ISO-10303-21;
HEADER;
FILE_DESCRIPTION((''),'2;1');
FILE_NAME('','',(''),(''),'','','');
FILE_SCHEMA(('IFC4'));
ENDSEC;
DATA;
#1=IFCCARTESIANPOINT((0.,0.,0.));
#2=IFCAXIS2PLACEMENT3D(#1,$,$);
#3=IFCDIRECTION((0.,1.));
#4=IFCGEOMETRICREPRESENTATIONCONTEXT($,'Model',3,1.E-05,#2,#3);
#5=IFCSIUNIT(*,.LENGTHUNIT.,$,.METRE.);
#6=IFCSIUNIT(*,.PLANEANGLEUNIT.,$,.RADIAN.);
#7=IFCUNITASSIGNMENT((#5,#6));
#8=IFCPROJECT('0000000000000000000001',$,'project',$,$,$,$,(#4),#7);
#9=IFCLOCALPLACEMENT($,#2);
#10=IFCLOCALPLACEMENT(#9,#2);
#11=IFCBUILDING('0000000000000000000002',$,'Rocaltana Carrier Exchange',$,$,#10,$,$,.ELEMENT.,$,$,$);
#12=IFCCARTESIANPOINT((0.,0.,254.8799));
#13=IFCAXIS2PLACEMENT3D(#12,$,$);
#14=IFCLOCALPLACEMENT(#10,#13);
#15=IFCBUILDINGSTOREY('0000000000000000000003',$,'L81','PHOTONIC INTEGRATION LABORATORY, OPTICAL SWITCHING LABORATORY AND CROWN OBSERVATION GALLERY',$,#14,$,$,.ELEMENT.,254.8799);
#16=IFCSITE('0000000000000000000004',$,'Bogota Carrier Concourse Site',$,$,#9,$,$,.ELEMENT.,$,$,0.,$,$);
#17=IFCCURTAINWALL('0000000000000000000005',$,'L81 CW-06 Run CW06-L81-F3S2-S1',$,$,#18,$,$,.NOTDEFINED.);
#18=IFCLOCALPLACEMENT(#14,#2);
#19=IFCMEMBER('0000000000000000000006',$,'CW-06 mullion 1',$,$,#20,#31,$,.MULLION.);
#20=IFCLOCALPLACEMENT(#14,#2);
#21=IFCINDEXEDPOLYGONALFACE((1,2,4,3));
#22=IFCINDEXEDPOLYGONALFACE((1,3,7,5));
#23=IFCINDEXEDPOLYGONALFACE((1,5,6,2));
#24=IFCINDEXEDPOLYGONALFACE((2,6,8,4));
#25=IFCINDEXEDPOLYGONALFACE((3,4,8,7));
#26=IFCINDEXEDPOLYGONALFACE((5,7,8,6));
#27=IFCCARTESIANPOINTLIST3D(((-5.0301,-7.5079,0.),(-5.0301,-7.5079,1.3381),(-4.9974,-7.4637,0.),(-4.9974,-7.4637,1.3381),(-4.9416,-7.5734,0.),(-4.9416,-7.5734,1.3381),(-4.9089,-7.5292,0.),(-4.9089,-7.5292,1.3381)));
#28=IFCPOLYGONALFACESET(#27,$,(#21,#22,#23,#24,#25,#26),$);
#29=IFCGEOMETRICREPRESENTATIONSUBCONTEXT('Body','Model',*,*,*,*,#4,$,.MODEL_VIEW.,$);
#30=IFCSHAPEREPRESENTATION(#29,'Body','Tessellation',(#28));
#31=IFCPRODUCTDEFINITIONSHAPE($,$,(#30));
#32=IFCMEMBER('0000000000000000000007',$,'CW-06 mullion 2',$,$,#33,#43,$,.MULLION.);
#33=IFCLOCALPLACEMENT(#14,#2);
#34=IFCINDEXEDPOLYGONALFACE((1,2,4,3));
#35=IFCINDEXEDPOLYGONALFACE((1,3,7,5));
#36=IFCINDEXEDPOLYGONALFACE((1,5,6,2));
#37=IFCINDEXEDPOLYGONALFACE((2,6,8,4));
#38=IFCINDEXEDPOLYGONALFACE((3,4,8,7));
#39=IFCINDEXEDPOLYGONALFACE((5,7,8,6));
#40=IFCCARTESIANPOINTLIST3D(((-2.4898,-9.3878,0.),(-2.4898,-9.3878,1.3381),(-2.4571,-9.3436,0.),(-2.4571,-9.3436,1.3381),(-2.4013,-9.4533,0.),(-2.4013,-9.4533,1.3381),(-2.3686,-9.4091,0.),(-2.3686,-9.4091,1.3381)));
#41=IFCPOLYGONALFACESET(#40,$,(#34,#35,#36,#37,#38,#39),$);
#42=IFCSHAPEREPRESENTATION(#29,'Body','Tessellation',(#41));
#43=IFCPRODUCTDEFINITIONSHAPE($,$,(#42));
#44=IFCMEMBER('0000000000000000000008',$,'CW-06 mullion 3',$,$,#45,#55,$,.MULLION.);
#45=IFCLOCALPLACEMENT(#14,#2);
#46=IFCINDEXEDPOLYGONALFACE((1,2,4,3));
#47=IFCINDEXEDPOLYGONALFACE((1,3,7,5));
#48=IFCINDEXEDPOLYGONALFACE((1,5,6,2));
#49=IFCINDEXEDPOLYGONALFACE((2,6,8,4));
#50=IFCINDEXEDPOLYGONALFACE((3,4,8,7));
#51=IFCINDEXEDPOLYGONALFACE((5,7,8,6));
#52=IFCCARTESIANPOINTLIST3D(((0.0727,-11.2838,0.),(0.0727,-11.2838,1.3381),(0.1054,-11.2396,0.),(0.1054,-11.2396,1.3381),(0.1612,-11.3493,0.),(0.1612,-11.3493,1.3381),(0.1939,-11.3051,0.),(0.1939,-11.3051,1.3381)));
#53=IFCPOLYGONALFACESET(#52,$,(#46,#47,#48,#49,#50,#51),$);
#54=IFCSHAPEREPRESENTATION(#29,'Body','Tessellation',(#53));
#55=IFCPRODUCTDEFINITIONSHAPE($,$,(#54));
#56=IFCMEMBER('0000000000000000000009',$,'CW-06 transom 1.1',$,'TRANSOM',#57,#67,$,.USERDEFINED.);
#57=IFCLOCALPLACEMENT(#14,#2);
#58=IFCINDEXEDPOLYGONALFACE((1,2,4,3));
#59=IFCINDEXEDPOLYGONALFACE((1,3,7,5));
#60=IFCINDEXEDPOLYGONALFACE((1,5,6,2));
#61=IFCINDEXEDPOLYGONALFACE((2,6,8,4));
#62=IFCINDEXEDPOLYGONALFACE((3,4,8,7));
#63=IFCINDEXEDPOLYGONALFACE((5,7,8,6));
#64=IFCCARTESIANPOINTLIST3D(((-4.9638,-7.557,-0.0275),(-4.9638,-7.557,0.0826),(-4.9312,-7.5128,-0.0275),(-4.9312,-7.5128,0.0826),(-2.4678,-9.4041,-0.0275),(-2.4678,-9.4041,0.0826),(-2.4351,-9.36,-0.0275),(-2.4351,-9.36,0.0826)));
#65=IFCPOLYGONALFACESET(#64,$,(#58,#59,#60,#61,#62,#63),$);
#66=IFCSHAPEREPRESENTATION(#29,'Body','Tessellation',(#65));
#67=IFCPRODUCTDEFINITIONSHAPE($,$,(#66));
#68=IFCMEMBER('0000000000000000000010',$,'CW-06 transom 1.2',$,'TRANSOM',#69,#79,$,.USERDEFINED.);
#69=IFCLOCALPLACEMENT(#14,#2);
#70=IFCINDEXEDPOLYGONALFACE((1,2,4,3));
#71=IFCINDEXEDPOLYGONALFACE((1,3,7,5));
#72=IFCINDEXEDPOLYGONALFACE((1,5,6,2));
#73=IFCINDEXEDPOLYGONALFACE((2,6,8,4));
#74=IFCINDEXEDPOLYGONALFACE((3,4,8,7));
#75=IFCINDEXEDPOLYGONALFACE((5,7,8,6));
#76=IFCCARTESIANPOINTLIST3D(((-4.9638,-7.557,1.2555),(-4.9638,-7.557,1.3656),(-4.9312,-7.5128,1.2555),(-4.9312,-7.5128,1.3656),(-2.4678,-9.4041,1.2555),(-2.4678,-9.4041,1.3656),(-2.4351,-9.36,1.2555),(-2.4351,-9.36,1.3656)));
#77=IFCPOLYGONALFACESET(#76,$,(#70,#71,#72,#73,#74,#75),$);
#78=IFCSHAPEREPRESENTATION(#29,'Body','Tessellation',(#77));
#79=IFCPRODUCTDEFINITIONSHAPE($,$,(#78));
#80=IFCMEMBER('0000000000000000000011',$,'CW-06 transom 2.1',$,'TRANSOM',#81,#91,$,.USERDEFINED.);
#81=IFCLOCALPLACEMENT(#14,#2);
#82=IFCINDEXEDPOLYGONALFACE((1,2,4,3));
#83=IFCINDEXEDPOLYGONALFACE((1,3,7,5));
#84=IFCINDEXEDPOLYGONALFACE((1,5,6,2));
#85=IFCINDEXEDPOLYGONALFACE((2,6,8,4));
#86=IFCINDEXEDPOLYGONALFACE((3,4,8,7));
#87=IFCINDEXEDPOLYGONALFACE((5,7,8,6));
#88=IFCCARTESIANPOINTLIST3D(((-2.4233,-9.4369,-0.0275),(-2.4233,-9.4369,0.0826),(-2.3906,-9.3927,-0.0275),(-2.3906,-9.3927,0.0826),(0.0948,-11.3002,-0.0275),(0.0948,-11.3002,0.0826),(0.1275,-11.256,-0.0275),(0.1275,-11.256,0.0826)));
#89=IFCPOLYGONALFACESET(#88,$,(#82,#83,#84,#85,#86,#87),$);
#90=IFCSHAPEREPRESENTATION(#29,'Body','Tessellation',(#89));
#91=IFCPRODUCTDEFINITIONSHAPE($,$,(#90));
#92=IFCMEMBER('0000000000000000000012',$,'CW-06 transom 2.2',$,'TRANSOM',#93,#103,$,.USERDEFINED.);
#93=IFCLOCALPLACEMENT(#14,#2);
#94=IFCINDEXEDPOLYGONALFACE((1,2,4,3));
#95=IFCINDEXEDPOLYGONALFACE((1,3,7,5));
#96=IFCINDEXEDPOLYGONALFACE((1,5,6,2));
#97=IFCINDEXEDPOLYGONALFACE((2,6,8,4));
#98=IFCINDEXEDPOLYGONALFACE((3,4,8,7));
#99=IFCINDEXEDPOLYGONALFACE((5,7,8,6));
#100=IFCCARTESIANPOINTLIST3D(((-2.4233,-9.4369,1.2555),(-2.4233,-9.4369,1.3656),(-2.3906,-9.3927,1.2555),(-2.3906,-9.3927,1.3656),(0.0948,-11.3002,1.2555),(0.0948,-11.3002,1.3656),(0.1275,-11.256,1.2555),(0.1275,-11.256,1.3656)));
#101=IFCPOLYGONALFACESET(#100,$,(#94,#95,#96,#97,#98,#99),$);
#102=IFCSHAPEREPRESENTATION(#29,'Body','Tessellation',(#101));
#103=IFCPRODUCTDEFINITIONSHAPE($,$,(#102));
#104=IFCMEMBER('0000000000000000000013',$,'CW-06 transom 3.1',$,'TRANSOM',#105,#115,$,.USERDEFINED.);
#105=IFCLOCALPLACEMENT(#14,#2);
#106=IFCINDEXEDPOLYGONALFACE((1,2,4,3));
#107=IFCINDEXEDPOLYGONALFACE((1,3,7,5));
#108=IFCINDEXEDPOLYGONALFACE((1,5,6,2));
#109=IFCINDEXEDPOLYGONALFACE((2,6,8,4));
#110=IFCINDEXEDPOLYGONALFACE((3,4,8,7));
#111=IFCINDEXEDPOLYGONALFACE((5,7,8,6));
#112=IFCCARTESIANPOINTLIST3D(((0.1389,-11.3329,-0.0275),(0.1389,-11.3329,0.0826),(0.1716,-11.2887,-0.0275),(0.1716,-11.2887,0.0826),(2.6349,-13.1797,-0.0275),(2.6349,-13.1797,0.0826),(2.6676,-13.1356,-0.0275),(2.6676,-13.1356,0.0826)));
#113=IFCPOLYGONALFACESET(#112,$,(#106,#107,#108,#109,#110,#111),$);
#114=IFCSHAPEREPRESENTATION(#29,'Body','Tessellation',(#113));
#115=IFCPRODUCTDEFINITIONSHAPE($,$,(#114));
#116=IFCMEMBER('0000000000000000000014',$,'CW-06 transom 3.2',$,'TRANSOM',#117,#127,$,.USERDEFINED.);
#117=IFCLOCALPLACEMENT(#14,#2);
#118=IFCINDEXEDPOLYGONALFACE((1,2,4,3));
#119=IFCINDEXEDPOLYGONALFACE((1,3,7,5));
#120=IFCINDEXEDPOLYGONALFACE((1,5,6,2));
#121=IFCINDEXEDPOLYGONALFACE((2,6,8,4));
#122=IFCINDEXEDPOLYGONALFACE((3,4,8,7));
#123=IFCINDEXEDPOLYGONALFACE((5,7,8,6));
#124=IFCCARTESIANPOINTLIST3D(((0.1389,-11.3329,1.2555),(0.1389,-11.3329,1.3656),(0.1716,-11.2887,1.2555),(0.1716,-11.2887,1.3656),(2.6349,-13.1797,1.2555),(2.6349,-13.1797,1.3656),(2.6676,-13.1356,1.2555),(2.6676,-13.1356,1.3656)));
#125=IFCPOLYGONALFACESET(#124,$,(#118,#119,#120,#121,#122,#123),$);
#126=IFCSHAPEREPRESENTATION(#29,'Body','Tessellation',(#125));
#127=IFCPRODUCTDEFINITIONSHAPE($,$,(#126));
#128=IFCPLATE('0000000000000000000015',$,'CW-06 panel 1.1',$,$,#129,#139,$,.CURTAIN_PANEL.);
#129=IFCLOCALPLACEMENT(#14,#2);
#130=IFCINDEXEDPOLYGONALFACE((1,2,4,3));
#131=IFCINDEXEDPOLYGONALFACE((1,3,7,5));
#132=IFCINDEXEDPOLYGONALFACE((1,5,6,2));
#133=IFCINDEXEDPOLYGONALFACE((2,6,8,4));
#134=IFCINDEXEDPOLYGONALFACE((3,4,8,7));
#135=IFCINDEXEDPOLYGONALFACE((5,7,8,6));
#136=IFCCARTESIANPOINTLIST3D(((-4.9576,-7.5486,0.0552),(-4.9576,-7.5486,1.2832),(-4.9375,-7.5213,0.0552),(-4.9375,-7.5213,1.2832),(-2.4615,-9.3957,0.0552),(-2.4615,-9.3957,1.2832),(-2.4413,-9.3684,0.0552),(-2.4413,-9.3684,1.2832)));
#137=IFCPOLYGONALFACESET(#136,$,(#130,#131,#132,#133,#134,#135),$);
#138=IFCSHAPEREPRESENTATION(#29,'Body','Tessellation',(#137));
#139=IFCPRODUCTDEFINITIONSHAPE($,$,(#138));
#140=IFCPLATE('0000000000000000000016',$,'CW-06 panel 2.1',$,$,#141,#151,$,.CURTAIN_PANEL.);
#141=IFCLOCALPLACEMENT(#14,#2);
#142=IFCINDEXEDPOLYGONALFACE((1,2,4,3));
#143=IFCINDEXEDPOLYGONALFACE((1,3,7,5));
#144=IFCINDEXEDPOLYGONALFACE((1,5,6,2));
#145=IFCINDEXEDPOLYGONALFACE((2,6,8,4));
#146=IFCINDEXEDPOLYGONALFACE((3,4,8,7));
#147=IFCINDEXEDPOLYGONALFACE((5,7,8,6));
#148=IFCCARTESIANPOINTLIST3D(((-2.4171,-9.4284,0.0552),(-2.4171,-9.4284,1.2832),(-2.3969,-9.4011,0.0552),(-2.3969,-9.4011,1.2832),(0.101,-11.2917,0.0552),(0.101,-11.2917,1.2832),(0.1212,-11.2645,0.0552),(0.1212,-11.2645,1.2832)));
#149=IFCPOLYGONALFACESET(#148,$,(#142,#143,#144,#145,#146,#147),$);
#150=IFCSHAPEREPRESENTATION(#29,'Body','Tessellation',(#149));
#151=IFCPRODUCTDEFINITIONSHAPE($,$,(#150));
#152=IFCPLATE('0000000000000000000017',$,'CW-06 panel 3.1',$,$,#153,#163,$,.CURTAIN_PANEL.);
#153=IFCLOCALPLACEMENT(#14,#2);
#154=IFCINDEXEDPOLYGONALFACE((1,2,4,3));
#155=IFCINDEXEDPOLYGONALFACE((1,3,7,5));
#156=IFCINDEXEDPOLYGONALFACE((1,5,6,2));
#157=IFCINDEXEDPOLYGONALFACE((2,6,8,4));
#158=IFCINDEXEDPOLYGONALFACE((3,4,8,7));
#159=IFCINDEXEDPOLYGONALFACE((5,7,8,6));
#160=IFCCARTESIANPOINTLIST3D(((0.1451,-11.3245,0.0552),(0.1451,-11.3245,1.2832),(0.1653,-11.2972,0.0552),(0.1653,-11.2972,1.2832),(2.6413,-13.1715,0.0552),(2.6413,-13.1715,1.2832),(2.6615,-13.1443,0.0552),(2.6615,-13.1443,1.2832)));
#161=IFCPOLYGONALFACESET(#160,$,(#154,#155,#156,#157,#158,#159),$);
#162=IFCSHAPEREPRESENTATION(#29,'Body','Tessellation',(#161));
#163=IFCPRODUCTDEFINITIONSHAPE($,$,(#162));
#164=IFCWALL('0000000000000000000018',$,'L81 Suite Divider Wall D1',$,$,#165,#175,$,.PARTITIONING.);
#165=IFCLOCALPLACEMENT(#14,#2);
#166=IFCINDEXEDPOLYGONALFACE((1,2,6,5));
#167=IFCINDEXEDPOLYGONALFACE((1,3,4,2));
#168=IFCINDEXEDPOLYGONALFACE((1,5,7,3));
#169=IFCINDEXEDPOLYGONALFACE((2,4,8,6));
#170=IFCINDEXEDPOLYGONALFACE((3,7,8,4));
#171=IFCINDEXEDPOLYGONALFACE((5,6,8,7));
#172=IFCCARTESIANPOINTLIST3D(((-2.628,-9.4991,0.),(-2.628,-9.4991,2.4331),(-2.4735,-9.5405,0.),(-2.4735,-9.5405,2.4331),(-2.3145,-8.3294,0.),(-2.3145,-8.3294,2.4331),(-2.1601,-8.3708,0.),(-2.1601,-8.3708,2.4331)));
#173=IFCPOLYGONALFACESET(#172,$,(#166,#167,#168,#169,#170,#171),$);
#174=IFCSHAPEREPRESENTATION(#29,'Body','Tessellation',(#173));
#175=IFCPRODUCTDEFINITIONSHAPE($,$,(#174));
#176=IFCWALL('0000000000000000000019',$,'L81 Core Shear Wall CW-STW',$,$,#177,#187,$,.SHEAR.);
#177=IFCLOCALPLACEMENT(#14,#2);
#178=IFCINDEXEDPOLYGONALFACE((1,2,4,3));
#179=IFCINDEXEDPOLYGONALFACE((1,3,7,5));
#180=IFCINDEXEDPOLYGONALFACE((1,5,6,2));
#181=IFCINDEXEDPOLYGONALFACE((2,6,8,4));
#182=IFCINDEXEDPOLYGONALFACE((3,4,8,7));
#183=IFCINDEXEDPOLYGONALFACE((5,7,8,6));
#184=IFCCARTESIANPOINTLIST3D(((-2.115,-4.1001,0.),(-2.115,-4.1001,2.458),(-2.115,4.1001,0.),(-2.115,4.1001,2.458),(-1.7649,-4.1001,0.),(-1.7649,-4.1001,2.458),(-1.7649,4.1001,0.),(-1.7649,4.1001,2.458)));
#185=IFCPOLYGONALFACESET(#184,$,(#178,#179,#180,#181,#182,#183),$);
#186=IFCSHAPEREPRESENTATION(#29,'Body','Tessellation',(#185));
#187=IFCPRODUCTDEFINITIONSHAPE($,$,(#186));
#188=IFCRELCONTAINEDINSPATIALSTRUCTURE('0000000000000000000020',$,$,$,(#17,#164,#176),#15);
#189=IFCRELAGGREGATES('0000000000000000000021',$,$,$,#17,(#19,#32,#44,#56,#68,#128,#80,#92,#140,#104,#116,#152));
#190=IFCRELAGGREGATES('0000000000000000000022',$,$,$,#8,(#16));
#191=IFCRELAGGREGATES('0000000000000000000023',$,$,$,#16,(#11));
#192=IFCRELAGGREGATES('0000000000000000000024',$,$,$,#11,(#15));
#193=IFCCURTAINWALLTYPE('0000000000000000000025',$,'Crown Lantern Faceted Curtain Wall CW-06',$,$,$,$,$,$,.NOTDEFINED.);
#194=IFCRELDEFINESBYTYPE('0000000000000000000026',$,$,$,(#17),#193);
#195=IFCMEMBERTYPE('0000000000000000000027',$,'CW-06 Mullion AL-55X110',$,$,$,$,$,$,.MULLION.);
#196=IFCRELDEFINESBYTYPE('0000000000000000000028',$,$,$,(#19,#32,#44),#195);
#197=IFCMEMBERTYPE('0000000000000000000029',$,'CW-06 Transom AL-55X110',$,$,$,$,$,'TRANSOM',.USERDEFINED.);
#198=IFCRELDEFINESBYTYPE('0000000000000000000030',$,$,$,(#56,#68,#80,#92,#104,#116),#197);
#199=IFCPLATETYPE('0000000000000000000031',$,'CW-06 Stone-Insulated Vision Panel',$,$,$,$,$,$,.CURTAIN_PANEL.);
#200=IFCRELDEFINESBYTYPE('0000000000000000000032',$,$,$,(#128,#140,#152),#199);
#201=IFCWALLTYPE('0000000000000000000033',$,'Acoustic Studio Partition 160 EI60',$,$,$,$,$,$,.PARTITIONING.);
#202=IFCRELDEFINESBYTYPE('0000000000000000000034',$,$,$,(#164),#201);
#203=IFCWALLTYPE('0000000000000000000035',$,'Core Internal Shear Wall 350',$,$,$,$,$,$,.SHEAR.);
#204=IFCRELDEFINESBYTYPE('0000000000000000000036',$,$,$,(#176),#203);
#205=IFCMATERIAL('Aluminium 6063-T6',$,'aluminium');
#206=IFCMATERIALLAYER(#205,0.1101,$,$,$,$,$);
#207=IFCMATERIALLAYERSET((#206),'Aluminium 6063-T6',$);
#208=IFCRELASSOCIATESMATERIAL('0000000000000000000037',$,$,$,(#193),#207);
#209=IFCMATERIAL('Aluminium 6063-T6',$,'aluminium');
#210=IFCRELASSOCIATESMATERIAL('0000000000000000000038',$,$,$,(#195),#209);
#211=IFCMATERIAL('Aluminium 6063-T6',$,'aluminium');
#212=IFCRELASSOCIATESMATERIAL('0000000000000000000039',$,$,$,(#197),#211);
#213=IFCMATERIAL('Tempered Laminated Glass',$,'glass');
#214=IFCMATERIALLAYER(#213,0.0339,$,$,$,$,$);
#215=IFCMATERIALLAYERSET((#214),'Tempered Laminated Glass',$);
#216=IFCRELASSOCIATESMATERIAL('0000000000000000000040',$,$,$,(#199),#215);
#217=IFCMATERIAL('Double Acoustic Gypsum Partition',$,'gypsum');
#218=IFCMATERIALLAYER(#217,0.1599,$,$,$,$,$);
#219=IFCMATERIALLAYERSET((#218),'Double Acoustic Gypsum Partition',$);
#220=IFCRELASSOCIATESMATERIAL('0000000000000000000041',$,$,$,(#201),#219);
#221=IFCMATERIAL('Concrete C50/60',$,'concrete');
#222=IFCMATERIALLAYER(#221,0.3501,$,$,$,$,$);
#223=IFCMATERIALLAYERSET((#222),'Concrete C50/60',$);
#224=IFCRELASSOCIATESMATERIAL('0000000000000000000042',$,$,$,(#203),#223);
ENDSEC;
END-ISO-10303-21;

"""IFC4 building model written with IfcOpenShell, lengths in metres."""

from ifc_helpers import new_model, si_unit, direction, frame, frame_2d, origin, origin_2d, place, context, subcontext, project, spatial, rectangle, extrude, material, layer, layer_set, material_profile, profile_set, type_object, element, aggregate, save


model = new_model("IFC4")

# Units and contexts
model_context = context("Model", 3, precision=1e-05, world=origin(), true_north=direction((0.0, 1.0)))
body_context = subcontext(model_context, "Body", "Model", "MODEL_VIEW")
ifc_project = project(units=[si_unit("LENGTHUNIT", "METRE"), si_unit("PLANEANGLEUNIT", "RADIAN")], contexts=[model_context])

# Site, building, storey
site_placement = place(None, origin())
site = spatial("IfcSite", under=ifc_project, at=site_placement, Name="Bogota Carrier Concourse Site", CompositionType="ELEMENT", RefElevation=0.0)
building_placement = place(site_placement, origin())
building = spatial("IfcBuilding", under=site, at=building_placement, Name="Rocaltana Carrier Exchange", CompositionType="ELEMENT")
storey_placement = place(building_placement, frame((0.0, 0.0, 254.8799)))
storey = spatial("IfcBuildingStorey", under=building, at=storey_placement, Name="L81", Description="PHOTONIC INTEGRATION LABORATORY, OPTICAL SWITCHING LABORATORY AND CROWN OBSERVATION GALLERY", CompositionType="ELEMENT", Elevation=254.8799)

# Curtain wall, members, plates
ifc_material_1 = material(Name="Aluminium 6063-T6", Category="aluminium")
ifc_layer_1 = layer(ifc_material_1, 0.1101)
ifc_layer_set_1 = layer_set([ifc_layer_1], Name="Aluminium 6063-T6")
curtain_wall_type = type_object("IfcCurtainWallType", Name="Crown Lantern Faceted Curtain Wall CW-06", PredefinedType="NOTDEFINED", material=ifc_layer_set_1)
curtain_wall_placement = place(storey_placement, origin())
curtain_wall = element("IfcCurtainWall", 1, at=curtain_wall_placement, inside=storey, type_object=curtain_wall_type, Name="L81 CW-06 Run CW06-L81-F3S2-S1", PredefinedType="NOTDEFINED")
ifc_material_2 = material(Name="Aluminium 6063-T6", Category="aluminium")
ifc_material_profile_1 = material_profile(ifc_material_2, rectangle(XDim=0.0549, YDim=0.1101, at=origin_2d()), Name="AL-55X110")
ifc_profile_set_1 = profile_set([ifc_material_profile_1], Name="Aluminium 6063-T6")
member_type_1 = type_object("IfcMemberType", Name="CW-06 Mullion AL-55X110", PredefinedType="MULLION", material=ifc_profile_set_1)
member_1_placement = place(storey_placement, frame((-4.9695, -7.5186, 0.0), z_axis=(0.0, 0.0, 1.0), x_axis=(0.594821, 0.803858, 0.0)))
member_1 = element("IfcMember", 2, at=member_1_placement, type_object=member_type_1, Name="CW-06 mullion 1", PredefinedType="MULLION", context=body_context, shape_type="SweptSolid", body=[
    extrude(rectangle(XDim=0.0549, YDim=0.1101, at=origin_2d()), origin(), (0.0, 0.0, 1.0), 1.3381),
])
member_2_placement = place(storey_placement, frame((-2.4292, -9.3984, 0.0), z_axis=(0.0, 0.0, 1.0), x_axis=(0.594821, 0.803858, 0.0)))
member_2 = element("IfcMember", 3, at=member_2_placement, type_object=member_type_1, Name="CW-06 mullion 2", PredefinedType="MULLION", context=body_context, shape_type="SweptSolid", body=[
    extrude(rectangle(XDim=0.0549, YDim=0.1101, at=origin_2d()), origin(), (0.0, 0.0, 1.0), 1.3381),
])
member_3_placement = place(storey_placement, frame((0.1333, -11.2944, 0.0), z_axis=(0.0, 0.0, 1.0), x_axis=(0.594821, 0.803858, 0.0)))
member_3 = element("IfcMember", 4, at=member_3_placement, type_object=member_type_1, Name="CW-06 mullion 3", PredefinedType="MULLION", context=body_context, shape_type="SweptSolid", body=[
    extrude(rectangle(XDim=0.0549, YDim=0.1101, at=origin_2d()), origin(), (0.0, 0.0, 1.0), 1.3381),
])
ifc_material_3 = material(Name="Aluminium 6063-T6", Category="aluminium")
ifc_material_profile_2 = material_profile(ifc_material_3, rectangle(XDim=0.0549, YDim=0.1101, at=origin_2d()), Name="AL-55X110")
ifc_profile_set_2 = profile_set([ifc_material_profile_2], Name="Aluminium 6063-T6")
member_type_2 = type_object("IfcMemberType", Name="CW-06 Transom AL-55X110", ElementType="TRANSOM", PredefinedType="USERDEFINED", material=ifc_profile_set_2)
member_4_placement = place(storey_placement, frame((-4.9475, -7.5349, 0.0276), z_axis=(0.803833, -0.594855, 0.0), x_axis=(0.594855, 0.803833, 0.0)))
member_4 = element("IfcMember", 5, at=member_4_placement, type_object=member_type_2, Name="CW-06 transom 1.1", ObjectType="TRANSOM", PredefinedType="USERDEFINED", context=body_context, shape_type="SweptSolid", body=[
    extrude(rectangle(XDim=0.0549, YDim=0.1101, at=origin_2d()), origin(), (0.0, 0.0, 1.0), 3.1052),
])
member_5_placement = place(storey_placement, frame((-4.9475, -7.5349, 1.3105), z_axis=(0.803833, -0.594855, 0.0), x_axis=(0.594855, 0.803833, 0.0)))
member_5 = element("IfcMember", 6, at=member_5_placement, type_object=member_type_2, Name="CW-06 transom 1.2", ObjectType="TRANSOM", PredefinedType="USERDEFINED", context=body_context, shape_type="SweptSolid", body=[
    extrude(rectangle(XDim=0.0549, YDim=0.1101, at=origin_2d()), origin(), (0.0, 0.0, 1.0), 3.1052),
])
member_6_placement = place(storey_placement, frame((-2.407, -9.4148, 0.0276), z_axis=(0.803855, -0.594825, 0.0), x_axis=(0.594825, 0.803855, 0.0)))
member_6 = element("IfcMember", 7, at=member_6_placement, type_object=member_type_2, Name="CW-06 transom 2.1", ObjectType="TRANSOM", PredefinedType="USERDEFINED", context=body_context, shape_type="SweptSolid", body=[
    extrude(rectangle(XDim=0.0549, YDim=0.1101, at=origin_2d()), origin(), (0.0, 0.0, 1.0), 3.1326),
])
member_7_placement = place(storey_placement, frame((-2.407, -9.4148, 1.3105), z_axis=(0.803855, -0.594825, 0.0), x_axis=(0.594825, 0.803855, 0.0)))
member_7 = element("IfcMember", 8, at=member_7_placement, type_object=member_type_2, Name="CW-06 transom 2.2", ObjectType="TRANSOM", PredefinedType="USERDEFINED", context=body_context, shape_type="SweptSolid", body=[
    extrude(rectangle(XDim=0.0549, YDim=0.1101, at=origin_2d()), origin(), (0.0, 0.0, 1.0), 3.1326),
])
member_8_placement = place(storey_placement, frame((0.1553, -11.3108, 0.0276), z_axis=(0.80387, -0.594804, 0.0), x_axis=(0.594804, 0.80387, 0.0)))
member_8 = element("IfcMember", 9, at=member_8_placement, type_object=member_type_2, Name="CW-06 transom 3.1", ObjectType="TRANSOM", PredefinedType="USERDEFINED", context=body_context, shape_type="SweptSolid", body=[
    extrude(rectangle(XDim=0.0549, YDim=0.1101, at=origin_2d()), origin(), (0.0, 0.0, 1.0), 3.105),
])
member_9_placement = place(storey_placement, frame((0.1553, -11.3108, 1.3105), z_axis=(0.80387, -0.594804, 0.0), x_axis=(0.594804, 0.80387, 0.0)))
member_9 = element("IfcMember", 10, at=member_9_placement, type_object=member_type_2, Name="CW-06 transom 3.2", ObjectType="TRANSOM", PredefinedType="USERDEFINED", context=body_context, shape_type="SweptSolid", body=[
    extrude(rectangle(XDim=0.0549, YDim=0.1101, at=origin_2d()), origin(), (0.0, 0.0, 1.0), 3.105),
])
ifc_material_4 = material(Name="Tempered Laminated Glass", Category="glass")
ifc_layer_2 = layer(ifc_material_4, 0.0339)
ifc_layer_set_2 = layer_set([ifc_layer_2], Name="Tempered Laminated Glass")
plate_type = type_object("IfcPlateType", Name="CW-06 Stone-Insulated Vision Panel", PredefinedType="CURTAIN_PANEL", material=ifc_layer_set_2)
plate_1_placement = place(storey_placement, frame((-3.6995, -8.4585, 0.0552), z_axis=(0.0, 0.0, 1.0), x_axis=(0.803858, -0.594821, 0.0)))
plate_1 = element("IfcPlate", 11, at=plate_1_placement, type_object=plate_type, Name="CW-06 panel 1.1", PredefinedType="CURTAIN_PANEL", context=body_context, shape_type="SweptSolid", body=[
    extrude(rectangle(XDim=3.1052, YDim=0.0339, at=origin_2d()), origin(), (0.0, 0.0, 1.0), 1.228),
])
plate_2_placement = place(storey_placement, frame((-1.1479, -10.3464, 0.0552), z_axis=(0.0, 0.0, 1.0), x_axis=(0.803858, -0.594821, 0.0)))
plate_2 = element("IfcPlate", 12, at=plate_2_placement, type_object=plate_type, Name="CW-06 panel 2.1", PredefinedType="CURTAIN_PANEL", context=body_context, shape_type="SweptSolid", body=[
    extrude(rectangle(XDim=3.1326, YDim=0.0339, at=origin_2d()), origin(), (0.0, 0.0, 1.0), 1.228),
])
plate_3_placement = place(storey_placement, frame((1.4033, -12.2344, 0.0552), z_axis=(0.0, 0.0, 1.0), x_axis=(0.803858, -0.594821, 0.0)))
plate_3 = element("IfcPlate", 13, at=plate_3_placement, type_object=plate_type, Name="CW-06 panel 3.1", PredefinedType="CURTAIN_PANEL", context=body_context, shape_type="SweptSolid", body=[
    extrude(rectangle(XDim=3.1052, YDim=0.0339, at=origin_2d()), origin(), (0.0, 0.0, 1.0), 1.228),
])
aggregate(curtain_wall, [member_1, member_2, member_3, member_4, member_5, plate_1, member_6, member_7, plate_2, member_8, member_9, plate_3])

# Walls
ifc_material_5 = material(Name="Double Acoustic Gypsum Partition", Category="gypsum")
ifc_layer_3 = layer(ifc_material_5, 0.1599)
ifc_layer_set_3 = layer_set([ifc_layer_3], Name="Double Acoustic Gypsum Partition")
wall_type_1 = type_object("IfcWallType", Name="Acoustic Studio Partition 160 EI60", PredefinedType="PARTITIONING", material=ifc_layer_set_3)
wall_1_placement = place(storey_placement, frame((-2.2373, -8.3501, 0.0), z_axis=(0.0, 0.0, 1.0), x_axis=(-0.258867, -0.965913, 0.0)))
element("IfcWall", 14, at=wall_1_placement, inside=storey, type_object=wall_type_1, Name="L81 Suite Divider Wall D1", PredefinedType="PARTITIONING", context=body_context, shape_type="SweptSolid", body=[
    extrude(rectangle(XDim=1.2109, YDim=0.1599, at=frame_2d((0.6055, 0.0))), origin(), (0.0, 0.0, 1.0), 2.4331),
])
ifc_material_6 = material(Name="Concrete C50/60", Category="concrete")
ifc_layer_4 = layer(ifc_material_6, 0.3501)
ifc_layer_set_4 = layer_set([ifc_layer_4], Name="Concrete C50/60")
wall_type_2 = type_object("IfcWallType", Name="Core Internal Shear Wall 350", PredefinedType="SHEAR", material=ifc_layer_set_4)
for number, where, z_axis, x_axis, name in (
    (15, (-1.9399, -4.1001, 0.0), (0.0, 0.0, 1.0), (0.0, 1.0, 0.0), "L81 Core Shear Wall CW-STW"),
):
    element("IfcWall", number, at=place(storey_placement, frame(where, z_axis=z_axis, x_axis=x_axis)), inside=storey, type_object=wall_type_2, Name=name, PredefinedType="SHEAR", context=body_context, shape_type="SweptSolid", body=[
        extrude(rectangle(XDim=8.2002, YDim=0.3501, at=frame_2d((4.1001, 0.0))), origin(), (0.0, 0.0, 1.0), 2.458),
    ])

save(model, "model.ifc")
